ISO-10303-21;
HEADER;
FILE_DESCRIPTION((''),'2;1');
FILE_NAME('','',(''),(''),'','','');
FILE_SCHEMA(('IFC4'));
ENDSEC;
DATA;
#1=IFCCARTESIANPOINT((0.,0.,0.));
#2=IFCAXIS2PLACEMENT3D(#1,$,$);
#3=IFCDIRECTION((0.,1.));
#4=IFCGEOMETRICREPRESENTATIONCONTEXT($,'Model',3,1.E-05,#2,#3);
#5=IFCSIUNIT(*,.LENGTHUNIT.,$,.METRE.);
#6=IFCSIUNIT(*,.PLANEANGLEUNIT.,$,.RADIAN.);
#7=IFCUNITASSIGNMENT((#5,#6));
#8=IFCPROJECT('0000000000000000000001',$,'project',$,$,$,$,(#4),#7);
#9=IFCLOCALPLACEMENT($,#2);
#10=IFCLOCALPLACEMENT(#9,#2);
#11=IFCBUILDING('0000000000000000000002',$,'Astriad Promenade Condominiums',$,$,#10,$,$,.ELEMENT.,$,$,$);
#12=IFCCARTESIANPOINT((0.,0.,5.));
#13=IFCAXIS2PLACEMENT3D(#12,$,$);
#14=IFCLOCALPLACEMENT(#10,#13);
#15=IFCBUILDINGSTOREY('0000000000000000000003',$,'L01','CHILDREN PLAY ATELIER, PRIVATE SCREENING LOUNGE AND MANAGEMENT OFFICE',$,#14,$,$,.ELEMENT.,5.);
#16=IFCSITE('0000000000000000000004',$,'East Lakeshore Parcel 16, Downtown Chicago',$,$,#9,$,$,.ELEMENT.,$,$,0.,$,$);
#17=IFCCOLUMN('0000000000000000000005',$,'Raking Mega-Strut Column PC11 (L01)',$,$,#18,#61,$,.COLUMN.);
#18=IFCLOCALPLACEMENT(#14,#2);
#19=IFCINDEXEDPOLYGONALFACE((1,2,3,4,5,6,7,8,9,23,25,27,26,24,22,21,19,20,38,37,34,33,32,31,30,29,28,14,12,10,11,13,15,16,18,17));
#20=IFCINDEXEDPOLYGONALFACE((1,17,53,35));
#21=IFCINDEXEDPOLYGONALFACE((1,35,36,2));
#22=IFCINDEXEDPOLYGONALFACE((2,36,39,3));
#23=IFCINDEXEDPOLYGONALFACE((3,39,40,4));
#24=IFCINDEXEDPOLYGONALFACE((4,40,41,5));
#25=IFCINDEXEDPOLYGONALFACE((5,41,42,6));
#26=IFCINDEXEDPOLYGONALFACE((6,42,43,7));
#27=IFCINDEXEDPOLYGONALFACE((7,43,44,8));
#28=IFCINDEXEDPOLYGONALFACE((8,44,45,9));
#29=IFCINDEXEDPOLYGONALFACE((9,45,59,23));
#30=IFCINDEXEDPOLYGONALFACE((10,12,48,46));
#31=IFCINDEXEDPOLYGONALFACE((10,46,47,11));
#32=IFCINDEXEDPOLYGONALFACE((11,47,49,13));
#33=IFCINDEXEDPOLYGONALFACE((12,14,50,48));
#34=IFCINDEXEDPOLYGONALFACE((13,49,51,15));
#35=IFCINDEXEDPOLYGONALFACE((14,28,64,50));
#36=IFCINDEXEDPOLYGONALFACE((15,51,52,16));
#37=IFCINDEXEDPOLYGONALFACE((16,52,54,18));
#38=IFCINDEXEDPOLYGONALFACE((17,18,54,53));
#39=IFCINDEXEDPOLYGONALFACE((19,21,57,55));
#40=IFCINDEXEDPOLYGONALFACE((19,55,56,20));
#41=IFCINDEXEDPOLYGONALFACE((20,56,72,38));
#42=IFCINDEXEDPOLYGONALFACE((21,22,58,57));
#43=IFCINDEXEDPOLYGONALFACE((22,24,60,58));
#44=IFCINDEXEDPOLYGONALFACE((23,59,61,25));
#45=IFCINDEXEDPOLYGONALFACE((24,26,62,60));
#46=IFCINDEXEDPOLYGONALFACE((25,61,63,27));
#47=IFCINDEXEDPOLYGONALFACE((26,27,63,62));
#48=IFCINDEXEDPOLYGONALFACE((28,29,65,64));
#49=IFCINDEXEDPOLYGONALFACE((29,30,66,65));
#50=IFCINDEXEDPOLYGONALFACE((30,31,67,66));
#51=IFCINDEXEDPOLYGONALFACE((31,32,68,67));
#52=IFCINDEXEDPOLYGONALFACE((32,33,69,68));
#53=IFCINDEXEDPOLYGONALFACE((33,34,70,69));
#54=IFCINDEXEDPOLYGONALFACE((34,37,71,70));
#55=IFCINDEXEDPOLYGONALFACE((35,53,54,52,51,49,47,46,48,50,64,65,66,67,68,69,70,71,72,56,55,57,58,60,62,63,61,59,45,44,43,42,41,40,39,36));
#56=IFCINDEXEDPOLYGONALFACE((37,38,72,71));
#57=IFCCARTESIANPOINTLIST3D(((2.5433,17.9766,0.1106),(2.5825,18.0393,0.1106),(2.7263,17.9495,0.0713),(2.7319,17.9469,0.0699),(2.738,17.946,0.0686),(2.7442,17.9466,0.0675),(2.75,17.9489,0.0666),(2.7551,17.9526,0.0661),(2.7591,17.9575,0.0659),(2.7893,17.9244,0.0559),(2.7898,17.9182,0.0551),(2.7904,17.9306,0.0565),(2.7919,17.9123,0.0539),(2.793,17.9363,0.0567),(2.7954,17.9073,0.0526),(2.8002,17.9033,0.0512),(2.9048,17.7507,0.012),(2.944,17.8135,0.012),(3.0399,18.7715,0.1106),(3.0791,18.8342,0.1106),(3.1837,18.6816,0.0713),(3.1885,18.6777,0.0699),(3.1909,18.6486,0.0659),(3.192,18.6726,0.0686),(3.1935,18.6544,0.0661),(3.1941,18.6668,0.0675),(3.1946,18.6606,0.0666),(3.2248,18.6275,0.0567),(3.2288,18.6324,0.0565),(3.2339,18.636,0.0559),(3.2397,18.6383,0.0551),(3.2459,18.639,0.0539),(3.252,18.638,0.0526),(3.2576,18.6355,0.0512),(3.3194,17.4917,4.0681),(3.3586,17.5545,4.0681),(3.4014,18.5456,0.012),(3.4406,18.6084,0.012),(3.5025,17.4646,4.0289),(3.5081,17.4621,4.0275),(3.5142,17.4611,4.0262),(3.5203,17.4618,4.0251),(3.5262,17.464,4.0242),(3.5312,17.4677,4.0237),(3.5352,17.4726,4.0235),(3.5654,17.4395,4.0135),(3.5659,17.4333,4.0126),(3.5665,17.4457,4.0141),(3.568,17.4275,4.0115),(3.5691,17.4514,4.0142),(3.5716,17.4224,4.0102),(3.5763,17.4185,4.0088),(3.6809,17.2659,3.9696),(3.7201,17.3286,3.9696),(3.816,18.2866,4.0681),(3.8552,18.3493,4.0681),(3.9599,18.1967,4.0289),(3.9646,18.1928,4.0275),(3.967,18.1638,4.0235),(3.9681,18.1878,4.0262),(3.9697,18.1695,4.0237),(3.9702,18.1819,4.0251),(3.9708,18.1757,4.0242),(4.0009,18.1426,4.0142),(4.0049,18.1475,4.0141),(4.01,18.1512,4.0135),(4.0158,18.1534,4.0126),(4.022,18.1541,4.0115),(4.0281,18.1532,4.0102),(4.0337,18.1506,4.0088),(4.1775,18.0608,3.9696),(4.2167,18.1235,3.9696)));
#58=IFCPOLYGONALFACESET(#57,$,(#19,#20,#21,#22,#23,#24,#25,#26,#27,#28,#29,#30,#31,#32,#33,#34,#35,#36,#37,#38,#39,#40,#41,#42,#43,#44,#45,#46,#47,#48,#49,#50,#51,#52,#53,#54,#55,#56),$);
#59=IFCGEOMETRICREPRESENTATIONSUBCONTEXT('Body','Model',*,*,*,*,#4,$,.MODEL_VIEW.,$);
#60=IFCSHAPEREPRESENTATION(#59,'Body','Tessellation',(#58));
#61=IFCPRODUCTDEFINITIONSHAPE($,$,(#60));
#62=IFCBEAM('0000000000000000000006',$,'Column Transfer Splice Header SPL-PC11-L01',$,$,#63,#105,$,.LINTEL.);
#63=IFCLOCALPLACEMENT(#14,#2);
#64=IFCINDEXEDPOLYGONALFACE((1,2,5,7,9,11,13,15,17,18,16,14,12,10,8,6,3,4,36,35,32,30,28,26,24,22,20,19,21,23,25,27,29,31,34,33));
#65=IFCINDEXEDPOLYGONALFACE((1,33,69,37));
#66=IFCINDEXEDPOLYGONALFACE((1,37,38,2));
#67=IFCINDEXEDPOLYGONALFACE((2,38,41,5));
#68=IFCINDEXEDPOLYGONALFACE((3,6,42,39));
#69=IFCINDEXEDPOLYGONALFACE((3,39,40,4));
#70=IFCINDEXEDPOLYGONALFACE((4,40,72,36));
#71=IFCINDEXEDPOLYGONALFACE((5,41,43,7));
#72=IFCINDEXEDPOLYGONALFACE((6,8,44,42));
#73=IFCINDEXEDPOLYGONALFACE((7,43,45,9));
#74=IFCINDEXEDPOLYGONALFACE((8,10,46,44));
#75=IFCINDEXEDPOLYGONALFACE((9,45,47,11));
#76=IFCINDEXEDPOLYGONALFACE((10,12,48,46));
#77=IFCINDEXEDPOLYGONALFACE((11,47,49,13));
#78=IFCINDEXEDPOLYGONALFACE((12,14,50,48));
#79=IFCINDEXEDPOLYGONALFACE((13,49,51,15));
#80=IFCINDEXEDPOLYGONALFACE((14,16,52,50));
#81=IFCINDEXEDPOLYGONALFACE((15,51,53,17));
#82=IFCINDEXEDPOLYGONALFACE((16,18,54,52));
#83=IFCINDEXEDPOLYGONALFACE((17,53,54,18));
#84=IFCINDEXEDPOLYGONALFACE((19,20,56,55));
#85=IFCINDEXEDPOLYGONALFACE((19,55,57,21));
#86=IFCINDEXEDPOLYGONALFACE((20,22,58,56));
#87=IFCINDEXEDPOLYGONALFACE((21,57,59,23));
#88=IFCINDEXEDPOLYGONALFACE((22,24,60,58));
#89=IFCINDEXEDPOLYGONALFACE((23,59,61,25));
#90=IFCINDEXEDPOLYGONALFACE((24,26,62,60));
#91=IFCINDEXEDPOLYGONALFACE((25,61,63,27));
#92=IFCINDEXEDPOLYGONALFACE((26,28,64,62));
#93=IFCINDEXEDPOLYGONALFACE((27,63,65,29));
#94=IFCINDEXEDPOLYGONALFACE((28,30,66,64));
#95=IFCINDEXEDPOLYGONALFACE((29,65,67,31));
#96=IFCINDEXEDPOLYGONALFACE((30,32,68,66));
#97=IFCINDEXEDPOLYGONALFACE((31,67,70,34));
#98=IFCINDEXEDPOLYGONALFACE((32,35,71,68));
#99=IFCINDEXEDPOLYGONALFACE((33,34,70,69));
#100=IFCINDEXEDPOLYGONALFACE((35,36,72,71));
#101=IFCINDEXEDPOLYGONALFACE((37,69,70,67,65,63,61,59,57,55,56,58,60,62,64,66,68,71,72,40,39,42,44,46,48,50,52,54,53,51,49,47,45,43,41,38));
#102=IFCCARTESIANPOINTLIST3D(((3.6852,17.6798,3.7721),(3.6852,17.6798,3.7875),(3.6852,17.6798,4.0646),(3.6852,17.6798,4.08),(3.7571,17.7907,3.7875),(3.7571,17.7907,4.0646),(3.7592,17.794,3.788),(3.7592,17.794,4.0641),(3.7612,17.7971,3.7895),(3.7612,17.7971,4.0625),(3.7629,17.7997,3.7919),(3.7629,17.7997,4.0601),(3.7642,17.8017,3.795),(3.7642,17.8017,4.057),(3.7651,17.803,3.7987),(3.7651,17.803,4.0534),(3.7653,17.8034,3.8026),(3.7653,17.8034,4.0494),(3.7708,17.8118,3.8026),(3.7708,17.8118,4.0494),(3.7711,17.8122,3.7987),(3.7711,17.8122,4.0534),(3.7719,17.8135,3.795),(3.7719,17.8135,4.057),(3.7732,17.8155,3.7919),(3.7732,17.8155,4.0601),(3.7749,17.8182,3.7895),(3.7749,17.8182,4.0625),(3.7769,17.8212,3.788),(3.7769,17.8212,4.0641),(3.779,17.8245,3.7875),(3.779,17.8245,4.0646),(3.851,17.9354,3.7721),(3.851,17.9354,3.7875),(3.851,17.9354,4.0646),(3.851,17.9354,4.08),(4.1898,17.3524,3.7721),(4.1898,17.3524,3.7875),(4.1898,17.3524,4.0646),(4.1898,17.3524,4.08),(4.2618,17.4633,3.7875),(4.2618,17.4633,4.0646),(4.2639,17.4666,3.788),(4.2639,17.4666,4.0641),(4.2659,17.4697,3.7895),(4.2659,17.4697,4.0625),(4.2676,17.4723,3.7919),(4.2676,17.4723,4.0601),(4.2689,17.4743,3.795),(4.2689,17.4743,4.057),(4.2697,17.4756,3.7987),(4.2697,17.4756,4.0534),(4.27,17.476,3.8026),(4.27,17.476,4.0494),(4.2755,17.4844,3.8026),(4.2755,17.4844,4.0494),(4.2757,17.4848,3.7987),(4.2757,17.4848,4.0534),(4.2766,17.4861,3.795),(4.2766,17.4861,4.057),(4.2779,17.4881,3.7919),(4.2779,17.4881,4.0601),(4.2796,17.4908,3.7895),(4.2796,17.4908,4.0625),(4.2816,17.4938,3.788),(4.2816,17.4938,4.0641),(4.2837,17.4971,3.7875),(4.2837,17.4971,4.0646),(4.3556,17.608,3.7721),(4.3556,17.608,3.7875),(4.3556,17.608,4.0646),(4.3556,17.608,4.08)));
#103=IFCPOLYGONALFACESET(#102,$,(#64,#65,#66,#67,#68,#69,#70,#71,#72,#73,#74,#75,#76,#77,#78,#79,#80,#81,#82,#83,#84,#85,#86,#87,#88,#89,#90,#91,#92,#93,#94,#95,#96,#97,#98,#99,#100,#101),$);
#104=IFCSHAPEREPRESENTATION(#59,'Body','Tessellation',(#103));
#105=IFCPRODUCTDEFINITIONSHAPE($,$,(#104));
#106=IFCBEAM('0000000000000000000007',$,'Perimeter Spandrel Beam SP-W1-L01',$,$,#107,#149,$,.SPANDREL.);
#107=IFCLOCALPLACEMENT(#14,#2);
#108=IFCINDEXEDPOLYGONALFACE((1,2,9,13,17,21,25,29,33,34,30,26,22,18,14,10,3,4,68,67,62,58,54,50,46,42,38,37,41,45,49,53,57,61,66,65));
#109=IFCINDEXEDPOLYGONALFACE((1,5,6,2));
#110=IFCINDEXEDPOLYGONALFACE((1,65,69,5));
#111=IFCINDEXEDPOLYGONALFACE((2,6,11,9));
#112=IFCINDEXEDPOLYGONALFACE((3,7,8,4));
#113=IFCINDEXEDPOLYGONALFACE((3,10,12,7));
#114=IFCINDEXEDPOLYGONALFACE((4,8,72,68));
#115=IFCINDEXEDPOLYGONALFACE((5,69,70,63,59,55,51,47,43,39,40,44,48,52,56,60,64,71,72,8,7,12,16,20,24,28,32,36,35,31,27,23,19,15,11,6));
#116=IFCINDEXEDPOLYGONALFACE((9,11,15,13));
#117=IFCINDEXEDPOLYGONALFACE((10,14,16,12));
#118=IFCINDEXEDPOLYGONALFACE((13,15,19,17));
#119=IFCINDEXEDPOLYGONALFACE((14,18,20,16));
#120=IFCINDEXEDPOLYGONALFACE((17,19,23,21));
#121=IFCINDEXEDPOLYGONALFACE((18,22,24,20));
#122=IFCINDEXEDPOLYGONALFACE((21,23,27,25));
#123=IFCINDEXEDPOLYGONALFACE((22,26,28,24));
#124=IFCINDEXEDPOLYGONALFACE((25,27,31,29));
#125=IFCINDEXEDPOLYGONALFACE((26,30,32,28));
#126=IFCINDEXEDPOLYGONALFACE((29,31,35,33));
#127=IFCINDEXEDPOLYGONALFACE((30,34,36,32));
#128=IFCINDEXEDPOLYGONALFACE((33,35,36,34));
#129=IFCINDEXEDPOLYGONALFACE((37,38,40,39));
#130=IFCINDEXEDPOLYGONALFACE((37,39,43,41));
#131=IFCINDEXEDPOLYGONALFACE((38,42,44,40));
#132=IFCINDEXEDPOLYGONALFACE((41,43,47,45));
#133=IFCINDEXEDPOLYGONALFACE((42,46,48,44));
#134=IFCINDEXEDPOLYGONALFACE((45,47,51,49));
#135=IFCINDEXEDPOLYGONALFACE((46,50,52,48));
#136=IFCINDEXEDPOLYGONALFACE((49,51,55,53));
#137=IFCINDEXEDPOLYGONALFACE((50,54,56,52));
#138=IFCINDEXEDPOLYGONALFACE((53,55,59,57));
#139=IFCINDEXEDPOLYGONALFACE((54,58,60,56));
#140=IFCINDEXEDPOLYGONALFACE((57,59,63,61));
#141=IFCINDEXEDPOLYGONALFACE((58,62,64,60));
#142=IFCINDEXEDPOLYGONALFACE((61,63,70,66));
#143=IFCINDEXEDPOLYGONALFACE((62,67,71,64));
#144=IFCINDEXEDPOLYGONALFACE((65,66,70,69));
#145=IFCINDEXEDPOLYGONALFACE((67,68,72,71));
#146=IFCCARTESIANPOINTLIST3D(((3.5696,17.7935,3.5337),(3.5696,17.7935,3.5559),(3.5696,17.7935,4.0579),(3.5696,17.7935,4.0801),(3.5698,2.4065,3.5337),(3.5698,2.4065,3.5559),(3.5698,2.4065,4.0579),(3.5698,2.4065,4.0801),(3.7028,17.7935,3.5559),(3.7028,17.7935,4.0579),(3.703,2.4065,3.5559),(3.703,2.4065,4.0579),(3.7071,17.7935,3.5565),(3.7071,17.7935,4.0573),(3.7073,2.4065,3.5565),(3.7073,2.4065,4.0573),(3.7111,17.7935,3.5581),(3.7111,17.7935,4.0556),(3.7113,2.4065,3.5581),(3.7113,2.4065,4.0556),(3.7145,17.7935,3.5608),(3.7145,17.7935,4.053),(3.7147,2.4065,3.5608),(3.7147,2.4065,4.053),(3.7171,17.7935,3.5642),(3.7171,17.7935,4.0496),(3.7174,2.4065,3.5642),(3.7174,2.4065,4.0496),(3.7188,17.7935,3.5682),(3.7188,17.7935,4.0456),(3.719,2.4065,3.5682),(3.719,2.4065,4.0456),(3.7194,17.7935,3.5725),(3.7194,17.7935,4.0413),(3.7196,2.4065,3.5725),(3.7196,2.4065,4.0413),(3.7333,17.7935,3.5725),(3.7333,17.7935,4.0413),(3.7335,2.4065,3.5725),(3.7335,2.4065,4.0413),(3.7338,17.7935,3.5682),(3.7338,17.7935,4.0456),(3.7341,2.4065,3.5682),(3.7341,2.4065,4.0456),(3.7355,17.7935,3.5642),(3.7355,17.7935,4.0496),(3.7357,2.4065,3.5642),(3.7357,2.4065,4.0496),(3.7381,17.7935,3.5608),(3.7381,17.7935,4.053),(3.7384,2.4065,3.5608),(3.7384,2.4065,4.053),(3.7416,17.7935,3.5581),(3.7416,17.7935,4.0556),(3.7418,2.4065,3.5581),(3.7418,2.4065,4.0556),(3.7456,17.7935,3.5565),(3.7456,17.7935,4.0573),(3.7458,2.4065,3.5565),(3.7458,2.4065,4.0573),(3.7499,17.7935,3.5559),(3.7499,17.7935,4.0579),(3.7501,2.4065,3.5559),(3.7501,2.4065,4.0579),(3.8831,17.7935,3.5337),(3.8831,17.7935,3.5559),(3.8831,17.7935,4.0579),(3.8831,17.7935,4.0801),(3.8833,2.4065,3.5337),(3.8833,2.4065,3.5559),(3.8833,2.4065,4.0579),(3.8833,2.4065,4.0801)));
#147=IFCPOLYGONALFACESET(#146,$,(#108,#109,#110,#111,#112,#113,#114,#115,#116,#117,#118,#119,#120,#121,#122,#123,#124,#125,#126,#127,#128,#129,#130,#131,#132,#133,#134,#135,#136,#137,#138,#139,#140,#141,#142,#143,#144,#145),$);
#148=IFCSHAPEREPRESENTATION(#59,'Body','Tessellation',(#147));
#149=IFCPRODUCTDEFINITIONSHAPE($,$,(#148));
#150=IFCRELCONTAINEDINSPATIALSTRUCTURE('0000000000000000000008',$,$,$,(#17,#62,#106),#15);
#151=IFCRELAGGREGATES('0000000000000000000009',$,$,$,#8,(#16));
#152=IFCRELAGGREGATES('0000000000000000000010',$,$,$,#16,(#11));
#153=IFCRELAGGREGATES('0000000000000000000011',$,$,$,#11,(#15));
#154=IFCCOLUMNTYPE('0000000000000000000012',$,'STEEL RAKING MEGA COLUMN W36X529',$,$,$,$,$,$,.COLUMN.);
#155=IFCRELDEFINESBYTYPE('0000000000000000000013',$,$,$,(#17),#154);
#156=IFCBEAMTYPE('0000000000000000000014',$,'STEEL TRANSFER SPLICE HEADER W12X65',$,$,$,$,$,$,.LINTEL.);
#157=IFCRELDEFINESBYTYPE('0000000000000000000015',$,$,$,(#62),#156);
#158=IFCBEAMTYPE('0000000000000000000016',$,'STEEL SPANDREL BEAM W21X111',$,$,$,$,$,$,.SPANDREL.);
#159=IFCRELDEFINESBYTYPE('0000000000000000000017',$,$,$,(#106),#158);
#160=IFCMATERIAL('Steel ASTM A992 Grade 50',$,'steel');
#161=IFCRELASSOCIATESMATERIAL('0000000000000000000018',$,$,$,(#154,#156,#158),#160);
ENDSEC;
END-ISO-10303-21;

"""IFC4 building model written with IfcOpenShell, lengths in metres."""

from ifc_helpers import new_model, si_unit, direction, frame, origin, origin_2d, place, context, subcontext, project, spatial, i_section, extrude, source, transform, mapped, material, material_profile, profile_set, type_object, type_shapes, element, save


model = new_model("IFC4")

# Units and contexts
model_context = context("Model", 3, precision=1e-05, world=origin(), true_north=direction((0.0, 1.0)))
body_context = subcontext(model_context, "Body", "Model", "MODEL_VIEW")
ifc_project = project(units=[si_unit("LENGTHUNIT", "METRE"), si_unit("PLANEANGLEUNIT", "RADIAN")], contexts=[model_context])

# Site, building, storey
site_placement = place(None, origin())
site = spatial("IfcSite", under=ifc_project, at=site_placement, Name="East Lakeshore Parcel 16, Downtown Chicago", CompositionType="ELEMENT", RefElevation=0.0)
building_placement = place(site_placement, origin())
building = spatial("IfcBuilding", under=site, at=building_placement, Name="Astriad Promenade Condominiums", CompositionType="ELEMENT")
storey_placement = place(building_placement, frame((0.0, 0.0, 5.0)))
storey = spatial("IfcBuildingStorey", under=building, at=storey_placement, Name="L01", Description="CHILDREN PLAY ATELIER, PRIVATE SCREENING LOUNGE AND MANAGEMENT OFFICE", CompositionType="ELEMENT", Elevation=5.0)

# Column
ifc_material_1 = material(Name="Steel ASTM A992 Grade 50", Category="steel")
ifc_material_profile_1 = material_profile(ifc_material_1, i_section(OverallWidth=0.4375, OverallDepth=1.0112, WebThickness=0.041, FlangeThickness=0.074, FilletRadius=0.0242, at=origin_2d()), Name="W36X529")
ifc_profile_set_1 = profile_set([ifc_material_profile_1], Name="Steel ASTM A992 Grade 50")
column_type = type_object("IfcColumnType", Name="STEEL RAKING MEGA COLUMN W36X529", PredefinedType="COLUMN", material=ifc_profile_set_1)
shared_shape_1 = source(origin(), body_context, "Body", "SweptSolid", [
    extrude(i_section(OverallWidth=0.4375, OverallDepth=1.0112, WebThickness=0.041, FlangeThickness=0.074, FilletRadius=0.0242, at=origin_2d()), origin(), (0.0, 0.0, 1.0), 4.062),
])
type_shapes(column_type, [shared_shape_1])
column_placement = place(storey_placement, frame((2.9919, 18.2925, 0.0613), z_axis=(0.191072, -0.119367, 0.974291), x_axis=(-0.826299, 0.51621, 0.225293)))
element("IfcColumn", 1, at=column_placement, inside=storey, type_object=column_type, Name="Raking Mega-Strut Column PC11 (L01)", PredefinedType="COLUMN", context=body_context, shape_type="MappedRepresentation", body=[
    mapped(shared_shape_1, transform((0.0, 0.0, 0.0), scale=1.0)),
])

# Beams
ifc_material_profile_2 = material_profile(ifc_material_1, i_section(OverallWidth=0.3047, OverallDepth=0.3079, WebThickness=0.01, FlangeThickness=0.0154, FilletRadius=0.0151, at=origin_2d()), Name="W12X65")
ifc_profile_set_2 = profile_set([ifc_material_profile_2], Name="Steel ASTM A992 Grade 50")
beam_type_1 = type_object("IfcBeamType", Name="STEEL TRANSFER SPLICE HEADER W12X65", PredefinedType="LINTEL", material=ifc_profile_set_2)
shared_shape_2 = source(origin(), body_context, "Body", "SweptSolid", [
    extrude(i_section(OverallWidth=0.3047, OverallDepth=0.3079, WebThickness=0.01, FlangeThickness=0.0154, FilletRadius=0.0151, at=origin_2d()), origin(), (0.0, 0.0, 1.0), 0.6016),
])
type_shapes(beam_type_1, [shared_shape_2])
beam_1_placement = place(storey_placement, frame((3.7681, 17.8076, 3.926), z_axis=(0.838916, -0.544261, 0.0), x_axis=(0.544261, 0.838916, 0.0)))
element("IfcBeam", 2, at=beam_1_placement, inside=storey, type_object=beam_type_1, Name="Column Transfer Splice Header SPL-PC11-L01", PredefinedType="LINTEL", context=body_context, shape_type="MappedRepresentation", body=[
    mapped(shared_shape_2, transform((0.0, 0.0, 0.0), scale=1.0)),
])
ifc_material_profile_3 = material_profile(ifc_material_1, i_section(OverallWidth=0.3135, OverallDepth=0.5464, WebThickness=0.0139, FlangeThickness=0.0222, FilletRadius=0.0166, at=origin_2d()), Name="W21X111")
ifc_profile_set_3 = profile_set([ifc_material_profile_3], Name="Steel ASTM A992 Grade 50")
beam_type_2 = type_object("IfcBeamType", Name="STEEL SPANDREL BEAM W21X111", PredefinedType="SPANDREL", material=ifc_profile_set_3)
shared_shape_3 = source(origin(), body_context, "Body", "SweptSolid", [
    extrude(i_section(OverallWidth=0.3135, OverallDepth=0.5464, WebThickness=0.0139, FlangeThickness=0.0222, FilletRadius=0.0166, at=origin_2d()), origin(), (0.0, 0.0, 1.0), 15.387),
])
type_shapes(beam_type_2, [shared_shape_3])
beam_2_placement = place(storey_placement, frame((3.7263, 17.7935, 3.8069), z_axis=(0.000016, -1.0, 0.0), x_axis=(1.0, 0.000016, 0.0)))
element("IfcBeam", 3, at=beam_2_placement, inside=storey, type_object=beam_type_2, Name="Perimeter Spandrel Beam SP-W1-L01", PredefinedType="SPANDREL", context=body_context, shape_type="MappedRepresentation", body=[
    mapped(shared_shape_3, transform((0.0, 0.0, 0.0), scale=1.0)),
])

save(model, "model.ifc")
